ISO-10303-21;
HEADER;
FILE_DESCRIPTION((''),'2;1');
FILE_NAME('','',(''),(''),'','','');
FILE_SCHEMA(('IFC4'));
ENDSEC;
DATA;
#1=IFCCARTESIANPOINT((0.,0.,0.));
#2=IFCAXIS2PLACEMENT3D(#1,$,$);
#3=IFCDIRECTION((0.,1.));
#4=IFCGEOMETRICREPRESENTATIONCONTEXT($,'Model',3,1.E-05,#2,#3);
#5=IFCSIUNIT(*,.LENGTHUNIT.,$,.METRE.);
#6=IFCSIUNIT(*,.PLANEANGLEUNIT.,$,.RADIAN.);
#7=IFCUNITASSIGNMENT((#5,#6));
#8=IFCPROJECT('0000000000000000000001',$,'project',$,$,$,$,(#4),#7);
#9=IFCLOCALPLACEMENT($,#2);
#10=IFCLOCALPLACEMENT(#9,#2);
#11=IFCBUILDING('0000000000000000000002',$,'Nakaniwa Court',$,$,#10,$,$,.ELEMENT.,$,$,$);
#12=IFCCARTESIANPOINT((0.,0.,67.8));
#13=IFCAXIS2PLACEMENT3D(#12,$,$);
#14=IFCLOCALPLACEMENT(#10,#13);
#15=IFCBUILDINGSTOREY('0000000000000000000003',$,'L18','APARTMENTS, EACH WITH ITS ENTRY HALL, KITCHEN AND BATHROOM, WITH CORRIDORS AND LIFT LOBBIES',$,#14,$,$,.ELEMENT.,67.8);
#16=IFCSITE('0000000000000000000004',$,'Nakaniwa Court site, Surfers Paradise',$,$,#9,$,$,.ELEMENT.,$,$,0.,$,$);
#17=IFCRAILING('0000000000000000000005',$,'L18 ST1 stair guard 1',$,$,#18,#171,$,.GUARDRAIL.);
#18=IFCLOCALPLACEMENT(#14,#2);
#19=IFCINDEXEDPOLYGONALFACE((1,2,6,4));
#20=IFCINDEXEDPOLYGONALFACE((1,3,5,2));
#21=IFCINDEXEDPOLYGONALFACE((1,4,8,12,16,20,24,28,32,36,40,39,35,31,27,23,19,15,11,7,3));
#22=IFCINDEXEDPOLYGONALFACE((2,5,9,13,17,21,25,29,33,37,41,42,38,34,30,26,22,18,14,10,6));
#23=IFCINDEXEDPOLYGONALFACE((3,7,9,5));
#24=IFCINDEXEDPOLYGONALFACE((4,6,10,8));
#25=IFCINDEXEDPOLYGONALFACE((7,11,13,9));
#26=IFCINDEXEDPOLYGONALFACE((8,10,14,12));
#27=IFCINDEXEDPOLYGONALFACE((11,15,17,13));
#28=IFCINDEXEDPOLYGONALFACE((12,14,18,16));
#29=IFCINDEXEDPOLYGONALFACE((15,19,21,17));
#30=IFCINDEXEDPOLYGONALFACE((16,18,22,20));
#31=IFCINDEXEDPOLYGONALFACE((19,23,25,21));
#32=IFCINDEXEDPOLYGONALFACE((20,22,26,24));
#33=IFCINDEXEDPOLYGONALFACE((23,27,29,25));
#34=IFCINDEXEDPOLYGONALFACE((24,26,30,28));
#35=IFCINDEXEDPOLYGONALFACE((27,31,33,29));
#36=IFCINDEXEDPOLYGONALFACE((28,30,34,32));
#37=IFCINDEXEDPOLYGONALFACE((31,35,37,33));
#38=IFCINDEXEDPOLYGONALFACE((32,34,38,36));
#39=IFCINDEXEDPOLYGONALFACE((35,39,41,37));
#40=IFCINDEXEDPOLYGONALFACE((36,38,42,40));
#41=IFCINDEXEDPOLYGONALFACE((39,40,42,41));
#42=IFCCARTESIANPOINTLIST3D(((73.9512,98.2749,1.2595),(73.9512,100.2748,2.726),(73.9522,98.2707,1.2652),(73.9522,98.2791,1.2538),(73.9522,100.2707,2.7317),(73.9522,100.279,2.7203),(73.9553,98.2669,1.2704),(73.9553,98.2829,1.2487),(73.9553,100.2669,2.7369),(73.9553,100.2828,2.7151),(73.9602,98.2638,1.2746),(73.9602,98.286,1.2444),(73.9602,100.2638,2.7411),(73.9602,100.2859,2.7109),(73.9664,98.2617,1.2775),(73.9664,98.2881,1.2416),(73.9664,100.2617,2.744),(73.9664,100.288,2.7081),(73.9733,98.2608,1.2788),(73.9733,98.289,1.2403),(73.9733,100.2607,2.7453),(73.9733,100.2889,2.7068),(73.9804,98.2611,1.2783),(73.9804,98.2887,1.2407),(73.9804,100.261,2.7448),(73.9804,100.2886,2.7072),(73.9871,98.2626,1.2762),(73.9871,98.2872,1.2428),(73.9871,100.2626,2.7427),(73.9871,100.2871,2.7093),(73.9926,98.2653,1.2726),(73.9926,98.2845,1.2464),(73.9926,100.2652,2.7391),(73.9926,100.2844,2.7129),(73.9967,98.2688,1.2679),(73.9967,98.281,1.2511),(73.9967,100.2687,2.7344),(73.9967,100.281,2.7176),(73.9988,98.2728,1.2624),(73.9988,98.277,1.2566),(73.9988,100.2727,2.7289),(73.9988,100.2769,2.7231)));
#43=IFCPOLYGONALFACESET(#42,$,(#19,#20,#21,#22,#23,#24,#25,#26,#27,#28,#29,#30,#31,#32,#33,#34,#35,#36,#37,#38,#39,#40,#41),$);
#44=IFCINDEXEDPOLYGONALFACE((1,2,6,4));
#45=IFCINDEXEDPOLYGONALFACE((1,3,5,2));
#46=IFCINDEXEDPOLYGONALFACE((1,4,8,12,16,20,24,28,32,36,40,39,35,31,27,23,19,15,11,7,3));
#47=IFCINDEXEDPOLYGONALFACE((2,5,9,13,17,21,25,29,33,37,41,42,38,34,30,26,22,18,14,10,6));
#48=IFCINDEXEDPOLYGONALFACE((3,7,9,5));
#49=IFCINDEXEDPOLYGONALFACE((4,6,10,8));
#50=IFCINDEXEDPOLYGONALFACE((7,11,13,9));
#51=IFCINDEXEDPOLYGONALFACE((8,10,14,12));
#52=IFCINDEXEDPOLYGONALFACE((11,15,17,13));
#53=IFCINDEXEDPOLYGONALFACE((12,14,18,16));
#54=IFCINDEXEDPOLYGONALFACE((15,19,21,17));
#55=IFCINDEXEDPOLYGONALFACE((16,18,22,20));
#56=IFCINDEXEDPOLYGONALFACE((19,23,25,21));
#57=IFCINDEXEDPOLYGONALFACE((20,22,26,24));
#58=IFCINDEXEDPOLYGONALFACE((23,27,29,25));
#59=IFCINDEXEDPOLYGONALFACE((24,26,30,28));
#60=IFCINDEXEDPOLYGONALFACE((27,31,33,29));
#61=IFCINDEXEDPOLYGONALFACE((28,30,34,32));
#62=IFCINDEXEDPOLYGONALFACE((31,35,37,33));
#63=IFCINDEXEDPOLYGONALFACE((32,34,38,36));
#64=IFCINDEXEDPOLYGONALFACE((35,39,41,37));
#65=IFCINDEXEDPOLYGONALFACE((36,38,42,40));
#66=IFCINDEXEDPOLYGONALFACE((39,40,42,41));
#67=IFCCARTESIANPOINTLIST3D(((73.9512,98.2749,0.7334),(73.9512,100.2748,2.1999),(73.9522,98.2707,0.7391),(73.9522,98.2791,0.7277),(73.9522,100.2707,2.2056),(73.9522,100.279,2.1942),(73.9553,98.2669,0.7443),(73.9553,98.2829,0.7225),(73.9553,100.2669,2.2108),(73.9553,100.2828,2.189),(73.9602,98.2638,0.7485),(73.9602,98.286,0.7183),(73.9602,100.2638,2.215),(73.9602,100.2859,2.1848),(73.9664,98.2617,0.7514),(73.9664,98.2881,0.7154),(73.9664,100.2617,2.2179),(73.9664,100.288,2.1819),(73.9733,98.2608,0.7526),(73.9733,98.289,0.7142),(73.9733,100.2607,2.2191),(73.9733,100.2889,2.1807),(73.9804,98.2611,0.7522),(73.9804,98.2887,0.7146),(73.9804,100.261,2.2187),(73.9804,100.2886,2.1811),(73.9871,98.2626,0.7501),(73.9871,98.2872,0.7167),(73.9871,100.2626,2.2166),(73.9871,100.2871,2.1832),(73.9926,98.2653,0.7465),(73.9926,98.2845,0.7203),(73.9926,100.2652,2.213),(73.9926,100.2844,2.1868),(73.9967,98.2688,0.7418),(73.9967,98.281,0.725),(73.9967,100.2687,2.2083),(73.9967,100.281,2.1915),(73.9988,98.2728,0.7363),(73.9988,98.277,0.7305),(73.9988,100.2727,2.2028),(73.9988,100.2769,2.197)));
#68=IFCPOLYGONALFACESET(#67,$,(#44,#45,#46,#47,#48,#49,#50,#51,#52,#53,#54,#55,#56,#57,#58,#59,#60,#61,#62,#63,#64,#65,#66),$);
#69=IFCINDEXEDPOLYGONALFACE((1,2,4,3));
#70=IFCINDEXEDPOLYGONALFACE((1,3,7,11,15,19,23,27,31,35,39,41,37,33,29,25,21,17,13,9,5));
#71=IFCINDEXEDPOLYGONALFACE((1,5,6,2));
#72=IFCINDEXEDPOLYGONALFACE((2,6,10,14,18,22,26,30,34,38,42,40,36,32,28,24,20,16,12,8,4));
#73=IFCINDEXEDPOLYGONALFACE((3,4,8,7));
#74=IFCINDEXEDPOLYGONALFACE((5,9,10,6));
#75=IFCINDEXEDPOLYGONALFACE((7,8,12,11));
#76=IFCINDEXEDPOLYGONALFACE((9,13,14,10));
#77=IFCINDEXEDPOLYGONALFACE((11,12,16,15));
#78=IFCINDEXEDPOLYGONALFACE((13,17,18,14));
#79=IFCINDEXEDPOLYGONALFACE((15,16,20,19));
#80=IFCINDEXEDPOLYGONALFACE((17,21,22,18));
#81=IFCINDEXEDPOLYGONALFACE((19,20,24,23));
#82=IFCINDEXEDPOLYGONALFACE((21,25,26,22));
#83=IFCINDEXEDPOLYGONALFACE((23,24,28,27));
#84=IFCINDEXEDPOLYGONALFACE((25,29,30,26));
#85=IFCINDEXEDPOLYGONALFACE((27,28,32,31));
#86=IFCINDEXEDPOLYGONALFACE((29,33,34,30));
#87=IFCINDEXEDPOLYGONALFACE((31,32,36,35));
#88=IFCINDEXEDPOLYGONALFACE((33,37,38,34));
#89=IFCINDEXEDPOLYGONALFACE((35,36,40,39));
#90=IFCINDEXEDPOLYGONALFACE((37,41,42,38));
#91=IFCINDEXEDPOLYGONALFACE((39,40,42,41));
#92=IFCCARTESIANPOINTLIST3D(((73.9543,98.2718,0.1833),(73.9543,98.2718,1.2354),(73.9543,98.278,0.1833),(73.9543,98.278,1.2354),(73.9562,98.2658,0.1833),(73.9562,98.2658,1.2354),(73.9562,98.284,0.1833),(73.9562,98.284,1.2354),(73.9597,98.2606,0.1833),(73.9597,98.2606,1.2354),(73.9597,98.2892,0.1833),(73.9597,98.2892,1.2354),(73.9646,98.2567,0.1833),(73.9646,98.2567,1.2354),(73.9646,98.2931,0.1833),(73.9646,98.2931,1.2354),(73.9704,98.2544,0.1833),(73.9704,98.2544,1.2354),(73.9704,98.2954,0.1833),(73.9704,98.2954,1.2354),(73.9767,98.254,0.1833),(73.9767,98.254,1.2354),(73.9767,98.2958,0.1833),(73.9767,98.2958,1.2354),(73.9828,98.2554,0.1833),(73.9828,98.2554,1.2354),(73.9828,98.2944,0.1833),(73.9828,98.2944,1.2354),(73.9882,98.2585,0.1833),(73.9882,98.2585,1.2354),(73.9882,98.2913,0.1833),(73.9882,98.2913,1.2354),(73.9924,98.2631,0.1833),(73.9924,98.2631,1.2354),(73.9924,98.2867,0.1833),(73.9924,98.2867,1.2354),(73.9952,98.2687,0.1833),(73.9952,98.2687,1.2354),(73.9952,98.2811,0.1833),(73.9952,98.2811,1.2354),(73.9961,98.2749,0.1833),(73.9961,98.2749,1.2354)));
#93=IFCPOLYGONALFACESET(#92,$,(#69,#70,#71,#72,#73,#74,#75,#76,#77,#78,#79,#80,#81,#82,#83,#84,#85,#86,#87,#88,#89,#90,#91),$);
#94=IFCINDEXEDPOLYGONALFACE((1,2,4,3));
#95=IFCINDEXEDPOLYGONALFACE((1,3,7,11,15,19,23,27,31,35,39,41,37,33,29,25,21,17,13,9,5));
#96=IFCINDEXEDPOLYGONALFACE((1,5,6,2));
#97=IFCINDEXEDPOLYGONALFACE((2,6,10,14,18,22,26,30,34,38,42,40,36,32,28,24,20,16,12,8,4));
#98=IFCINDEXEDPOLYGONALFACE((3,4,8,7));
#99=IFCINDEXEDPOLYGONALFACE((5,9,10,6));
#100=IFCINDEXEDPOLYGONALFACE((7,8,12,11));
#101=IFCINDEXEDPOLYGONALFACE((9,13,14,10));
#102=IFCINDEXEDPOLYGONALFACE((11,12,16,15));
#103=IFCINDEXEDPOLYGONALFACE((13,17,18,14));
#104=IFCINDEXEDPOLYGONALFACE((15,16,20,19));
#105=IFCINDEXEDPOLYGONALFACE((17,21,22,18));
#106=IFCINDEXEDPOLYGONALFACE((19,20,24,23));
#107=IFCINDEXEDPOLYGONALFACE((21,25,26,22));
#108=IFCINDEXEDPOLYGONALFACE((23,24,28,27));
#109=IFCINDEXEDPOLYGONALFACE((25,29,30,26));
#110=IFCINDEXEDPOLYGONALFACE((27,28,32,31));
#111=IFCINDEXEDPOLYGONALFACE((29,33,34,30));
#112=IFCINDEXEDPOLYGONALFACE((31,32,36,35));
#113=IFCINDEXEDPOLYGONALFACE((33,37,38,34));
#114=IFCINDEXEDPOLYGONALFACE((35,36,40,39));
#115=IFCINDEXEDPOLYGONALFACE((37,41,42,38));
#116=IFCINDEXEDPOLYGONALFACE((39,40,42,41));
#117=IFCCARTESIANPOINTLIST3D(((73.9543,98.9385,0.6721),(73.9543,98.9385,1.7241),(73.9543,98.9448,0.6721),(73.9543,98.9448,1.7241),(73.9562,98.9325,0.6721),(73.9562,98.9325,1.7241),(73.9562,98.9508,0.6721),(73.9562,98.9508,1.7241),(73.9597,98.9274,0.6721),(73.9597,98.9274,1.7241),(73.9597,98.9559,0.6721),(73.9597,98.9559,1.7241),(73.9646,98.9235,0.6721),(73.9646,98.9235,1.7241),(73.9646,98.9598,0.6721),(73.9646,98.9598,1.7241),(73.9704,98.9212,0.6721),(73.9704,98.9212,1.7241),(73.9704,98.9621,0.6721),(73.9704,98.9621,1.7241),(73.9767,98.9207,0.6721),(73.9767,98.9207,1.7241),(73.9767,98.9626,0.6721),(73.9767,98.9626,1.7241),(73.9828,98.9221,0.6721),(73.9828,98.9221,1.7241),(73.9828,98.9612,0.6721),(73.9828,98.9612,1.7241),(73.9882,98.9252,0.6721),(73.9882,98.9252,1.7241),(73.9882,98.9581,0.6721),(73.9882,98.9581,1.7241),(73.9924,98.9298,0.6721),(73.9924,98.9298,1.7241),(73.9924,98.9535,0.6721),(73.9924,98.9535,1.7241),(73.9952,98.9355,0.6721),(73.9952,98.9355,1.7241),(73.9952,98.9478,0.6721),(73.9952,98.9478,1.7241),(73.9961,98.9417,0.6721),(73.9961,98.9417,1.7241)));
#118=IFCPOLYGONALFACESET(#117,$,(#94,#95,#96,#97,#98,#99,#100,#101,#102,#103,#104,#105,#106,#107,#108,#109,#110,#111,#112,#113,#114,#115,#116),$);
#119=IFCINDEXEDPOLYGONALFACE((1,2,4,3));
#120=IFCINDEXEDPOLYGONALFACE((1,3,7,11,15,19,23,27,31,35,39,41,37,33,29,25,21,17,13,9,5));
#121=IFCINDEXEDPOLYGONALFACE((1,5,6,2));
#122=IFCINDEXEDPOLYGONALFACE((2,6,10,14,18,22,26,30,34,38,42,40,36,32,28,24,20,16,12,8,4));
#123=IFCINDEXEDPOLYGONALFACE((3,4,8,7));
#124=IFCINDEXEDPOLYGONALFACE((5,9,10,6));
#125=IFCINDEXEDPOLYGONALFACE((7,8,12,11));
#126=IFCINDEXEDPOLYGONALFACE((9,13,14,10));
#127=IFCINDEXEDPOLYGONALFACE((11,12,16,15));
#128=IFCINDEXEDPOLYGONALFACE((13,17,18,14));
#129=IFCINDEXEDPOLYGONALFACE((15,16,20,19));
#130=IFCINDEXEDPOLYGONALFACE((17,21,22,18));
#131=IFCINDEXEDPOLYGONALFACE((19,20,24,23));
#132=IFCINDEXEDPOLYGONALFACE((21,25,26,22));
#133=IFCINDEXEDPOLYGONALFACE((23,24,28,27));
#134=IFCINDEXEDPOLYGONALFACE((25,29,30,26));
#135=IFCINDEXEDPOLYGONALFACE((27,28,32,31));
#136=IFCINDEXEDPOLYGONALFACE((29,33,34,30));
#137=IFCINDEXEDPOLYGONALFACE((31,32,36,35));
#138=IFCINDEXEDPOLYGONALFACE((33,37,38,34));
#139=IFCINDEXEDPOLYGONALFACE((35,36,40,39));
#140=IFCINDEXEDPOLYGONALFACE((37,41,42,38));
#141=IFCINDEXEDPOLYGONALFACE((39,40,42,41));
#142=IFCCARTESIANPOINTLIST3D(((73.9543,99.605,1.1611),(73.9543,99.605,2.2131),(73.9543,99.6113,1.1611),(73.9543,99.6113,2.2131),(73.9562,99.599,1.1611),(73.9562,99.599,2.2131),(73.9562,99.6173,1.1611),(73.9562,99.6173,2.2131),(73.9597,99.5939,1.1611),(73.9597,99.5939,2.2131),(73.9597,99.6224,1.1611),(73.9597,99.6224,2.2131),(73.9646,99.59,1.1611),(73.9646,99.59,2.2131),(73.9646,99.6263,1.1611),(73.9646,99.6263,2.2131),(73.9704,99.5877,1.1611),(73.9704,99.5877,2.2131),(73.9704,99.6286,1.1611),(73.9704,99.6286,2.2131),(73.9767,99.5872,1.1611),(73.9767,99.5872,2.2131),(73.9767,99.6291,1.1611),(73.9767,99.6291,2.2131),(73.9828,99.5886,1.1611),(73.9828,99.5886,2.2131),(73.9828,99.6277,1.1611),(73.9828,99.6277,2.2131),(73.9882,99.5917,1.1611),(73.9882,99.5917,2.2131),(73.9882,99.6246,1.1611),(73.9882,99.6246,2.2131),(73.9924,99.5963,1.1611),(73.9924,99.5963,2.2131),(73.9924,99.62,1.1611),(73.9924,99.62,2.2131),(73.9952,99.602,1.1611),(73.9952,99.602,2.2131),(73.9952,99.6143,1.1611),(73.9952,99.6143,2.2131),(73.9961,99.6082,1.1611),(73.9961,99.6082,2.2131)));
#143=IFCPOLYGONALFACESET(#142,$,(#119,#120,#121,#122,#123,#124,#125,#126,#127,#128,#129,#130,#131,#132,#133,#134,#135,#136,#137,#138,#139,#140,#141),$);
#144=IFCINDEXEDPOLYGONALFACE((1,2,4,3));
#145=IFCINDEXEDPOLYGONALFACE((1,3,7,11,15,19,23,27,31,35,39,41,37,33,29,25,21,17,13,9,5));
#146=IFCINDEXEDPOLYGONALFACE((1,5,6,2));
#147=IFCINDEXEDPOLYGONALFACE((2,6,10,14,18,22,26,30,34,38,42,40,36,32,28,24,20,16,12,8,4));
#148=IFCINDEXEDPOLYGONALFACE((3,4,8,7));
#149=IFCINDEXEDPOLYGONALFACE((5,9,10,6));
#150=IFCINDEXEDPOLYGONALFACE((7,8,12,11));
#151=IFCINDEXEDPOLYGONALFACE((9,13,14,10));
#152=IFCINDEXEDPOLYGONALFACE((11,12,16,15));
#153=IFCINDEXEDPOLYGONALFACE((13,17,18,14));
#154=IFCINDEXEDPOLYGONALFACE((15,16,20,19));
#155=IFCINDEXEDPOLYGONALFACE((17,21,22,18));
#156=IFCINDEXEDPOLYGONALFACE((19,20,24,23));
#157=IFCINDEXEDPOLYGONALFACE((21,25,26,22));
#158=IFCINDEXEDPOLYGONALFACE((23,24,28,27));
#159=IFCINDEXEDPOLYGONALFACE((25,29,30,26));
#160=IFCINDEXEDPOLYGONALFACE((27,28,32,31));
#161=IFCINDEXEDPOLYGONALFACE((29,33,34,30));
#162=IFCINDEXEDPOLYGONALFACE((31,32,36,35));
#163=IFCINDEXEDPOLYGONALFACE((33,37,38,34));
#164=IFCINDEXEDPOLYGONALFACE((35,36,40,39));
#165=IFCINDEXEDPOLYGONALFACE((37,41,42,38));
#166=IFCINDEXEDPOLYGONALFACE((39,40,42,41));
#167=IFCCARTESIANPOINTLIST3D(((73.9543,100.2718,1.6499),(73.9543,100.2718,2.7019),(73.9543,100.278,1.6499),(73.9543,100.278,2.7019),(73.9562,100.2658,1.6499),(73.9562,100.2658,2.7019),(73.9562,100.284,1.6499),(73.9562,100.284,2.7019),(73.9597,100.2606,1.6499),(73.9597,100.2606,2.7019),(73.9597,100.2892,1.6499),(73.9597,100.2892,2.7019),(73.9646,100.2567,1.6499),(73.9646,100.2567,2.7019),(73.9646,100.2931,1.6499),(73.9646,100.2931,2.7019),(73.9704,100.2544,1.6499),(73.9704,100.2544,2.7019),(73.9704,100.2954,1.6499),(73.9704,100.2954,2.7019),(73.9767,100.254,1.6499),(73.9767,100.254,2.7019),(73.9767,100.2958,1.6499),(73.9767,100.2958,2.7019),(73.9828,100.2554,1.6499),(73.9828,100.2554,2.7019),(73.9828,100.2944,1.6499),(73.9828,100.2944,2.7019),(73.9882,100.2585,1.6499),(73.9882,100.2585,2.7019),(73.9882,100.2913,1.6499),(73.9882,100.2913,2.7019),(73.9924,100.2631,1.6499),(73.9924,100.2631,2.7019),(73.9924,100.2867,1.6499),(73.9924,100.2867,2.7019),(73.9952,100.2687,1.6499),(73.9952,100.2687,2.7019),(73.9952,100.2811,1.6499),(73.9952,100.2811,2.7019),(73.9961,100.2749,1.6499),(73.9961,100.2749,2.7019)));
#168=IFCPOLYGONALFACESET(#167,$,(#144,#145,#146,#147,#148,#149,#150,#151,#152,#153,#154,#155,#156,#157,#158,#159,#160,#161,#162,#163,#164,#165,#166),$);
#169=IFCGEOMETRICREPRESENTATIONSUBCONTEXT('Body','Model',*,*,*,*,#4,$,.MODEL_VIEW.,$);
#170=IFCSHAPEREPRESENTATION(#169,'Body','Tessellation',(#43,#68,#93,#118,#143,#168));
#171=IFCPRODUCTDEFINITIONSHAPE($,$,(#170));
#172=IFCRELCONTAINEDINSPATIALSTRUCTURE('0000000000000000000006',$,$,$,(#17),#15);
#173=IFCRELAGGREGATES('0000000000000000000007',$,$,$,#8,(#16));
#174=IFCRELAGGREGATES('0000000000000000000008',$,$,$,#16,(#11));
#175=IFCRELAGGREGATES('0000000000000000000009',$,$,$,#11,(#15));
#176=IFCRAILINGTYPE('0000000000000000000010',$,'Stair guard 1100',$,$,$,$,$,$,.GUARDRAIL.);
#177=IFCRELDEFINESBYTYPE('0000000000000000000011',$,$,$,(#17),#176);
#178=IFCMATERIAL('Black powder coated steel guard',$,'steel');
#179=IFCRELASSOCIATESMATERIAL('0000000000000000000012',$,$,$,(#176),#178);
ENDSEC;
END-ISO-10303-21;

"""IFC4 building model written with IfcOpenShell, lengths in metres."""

from ifc_helpers import new_model, si_unit, direction, frame, origin, origin_2d, place, context, subcontext, project, spatial, circle, extrude, material, type_object, element, save


model = new_model("IFC4")

# Units and contexts
model_context = context("Model", 3, precision=1e-05, world=origin(), true_north=direction((0.0, 1.0)))
body_context = subcontext(model_context, "Body", "Model", "MODEL_VIEW")
ifc_project = project(units=[si_unit("LENGTHUNIT", "METRE"), si_unit("PLANEANGLEUNIT", "RADIAN")], contexts=[model_context])

# Site, building, storey
site_placement = place(None, origin())
site = spatial("IfcSite", under=ifc_project, at=site_placement, Name="Nakaniwa Court site, Surfers Paradise", CompositionType="ELEMENT", RefElevation=0.0)
building_placement = place(site_placement, origin())
building = spatial("IfcBuilding", under=site, at=building_placement, Name="Nakaniwa Court", CompositionType="ELEMENT")
storey_placement = place(building_placement, frame((0.0, 0.0, 67.8)))
storey = spatial("IfcBuildingStorey", under=building, at=storey_placement, Name="L18", Description="APARTMENTS, EACH WITH ITS ENTRY HALL, KITCHEN AND BATHROOM, WITH CORRIDORS AND LIFT LOBBIES", CompositionType="ELEMENT", Elevation=67.8)

# Railing
ifc_material_1 = material(Name="Black powder coated steel guard", Category="steel")
railing_type_1 = type_object("IfcRailingType", Name="Stair guard 1100", PredefinedType="GUARDRAIL", material=ifc_material_1)
railing_1_placement = place(storey_placement, frame((73.9751, 98.2749, 0.1833)))
element("IfcRailing", 1, at=railing_1_placement, inside=storey, type_object=railing_type_1, Name="L18 ST1 stair guard 1", PredefinedType="GUARDRAIL", context=body_context, shape_type="SweptSolid", body=[
    extrude(circle(Radius=0.0239, at=origin_2d()), frame((0.0, 0.0, 1.0762), z_axis=(0.0, 0.806427, 0.591334), x_axis=(-1.0, 0.0, 0.0)), (0.0, 0.0, 1.0), 2.48),
    extrude(circle(Radius=0.0239, at=origin_2d()), frame((0.0, 0.0, 0.55), z_axis=(0.0, 0.806427, 0.591334), x_axis=(-1.0, 0.0, 0.0)), (0.0, 0.0, 1.0), 2.48),
    extrude(circle(Radius=0.021, at=origin_2d()), origin(), (0.0, 0.0, 1.0), 1.052),
    extrude(circle(Radius=0.021, at=origin_2d()), frame((0.0, 0.6667, 0.4888)), (0.0, 0.0, 1.0), 1.052),
    extrude(circle(Radius=0.021, at=origin_2d()), frame((0.0, 1.3333, 0.9778)), (0.0, 0.0, 1.0), 1.052),
    extrude(circle(Radius=0.021, at=origin_2d()), frame((0.0, 2.0, 1.4666)), (0.0, 0.0, 1.0), 1.052),
])

save(model, "model.ifc")
